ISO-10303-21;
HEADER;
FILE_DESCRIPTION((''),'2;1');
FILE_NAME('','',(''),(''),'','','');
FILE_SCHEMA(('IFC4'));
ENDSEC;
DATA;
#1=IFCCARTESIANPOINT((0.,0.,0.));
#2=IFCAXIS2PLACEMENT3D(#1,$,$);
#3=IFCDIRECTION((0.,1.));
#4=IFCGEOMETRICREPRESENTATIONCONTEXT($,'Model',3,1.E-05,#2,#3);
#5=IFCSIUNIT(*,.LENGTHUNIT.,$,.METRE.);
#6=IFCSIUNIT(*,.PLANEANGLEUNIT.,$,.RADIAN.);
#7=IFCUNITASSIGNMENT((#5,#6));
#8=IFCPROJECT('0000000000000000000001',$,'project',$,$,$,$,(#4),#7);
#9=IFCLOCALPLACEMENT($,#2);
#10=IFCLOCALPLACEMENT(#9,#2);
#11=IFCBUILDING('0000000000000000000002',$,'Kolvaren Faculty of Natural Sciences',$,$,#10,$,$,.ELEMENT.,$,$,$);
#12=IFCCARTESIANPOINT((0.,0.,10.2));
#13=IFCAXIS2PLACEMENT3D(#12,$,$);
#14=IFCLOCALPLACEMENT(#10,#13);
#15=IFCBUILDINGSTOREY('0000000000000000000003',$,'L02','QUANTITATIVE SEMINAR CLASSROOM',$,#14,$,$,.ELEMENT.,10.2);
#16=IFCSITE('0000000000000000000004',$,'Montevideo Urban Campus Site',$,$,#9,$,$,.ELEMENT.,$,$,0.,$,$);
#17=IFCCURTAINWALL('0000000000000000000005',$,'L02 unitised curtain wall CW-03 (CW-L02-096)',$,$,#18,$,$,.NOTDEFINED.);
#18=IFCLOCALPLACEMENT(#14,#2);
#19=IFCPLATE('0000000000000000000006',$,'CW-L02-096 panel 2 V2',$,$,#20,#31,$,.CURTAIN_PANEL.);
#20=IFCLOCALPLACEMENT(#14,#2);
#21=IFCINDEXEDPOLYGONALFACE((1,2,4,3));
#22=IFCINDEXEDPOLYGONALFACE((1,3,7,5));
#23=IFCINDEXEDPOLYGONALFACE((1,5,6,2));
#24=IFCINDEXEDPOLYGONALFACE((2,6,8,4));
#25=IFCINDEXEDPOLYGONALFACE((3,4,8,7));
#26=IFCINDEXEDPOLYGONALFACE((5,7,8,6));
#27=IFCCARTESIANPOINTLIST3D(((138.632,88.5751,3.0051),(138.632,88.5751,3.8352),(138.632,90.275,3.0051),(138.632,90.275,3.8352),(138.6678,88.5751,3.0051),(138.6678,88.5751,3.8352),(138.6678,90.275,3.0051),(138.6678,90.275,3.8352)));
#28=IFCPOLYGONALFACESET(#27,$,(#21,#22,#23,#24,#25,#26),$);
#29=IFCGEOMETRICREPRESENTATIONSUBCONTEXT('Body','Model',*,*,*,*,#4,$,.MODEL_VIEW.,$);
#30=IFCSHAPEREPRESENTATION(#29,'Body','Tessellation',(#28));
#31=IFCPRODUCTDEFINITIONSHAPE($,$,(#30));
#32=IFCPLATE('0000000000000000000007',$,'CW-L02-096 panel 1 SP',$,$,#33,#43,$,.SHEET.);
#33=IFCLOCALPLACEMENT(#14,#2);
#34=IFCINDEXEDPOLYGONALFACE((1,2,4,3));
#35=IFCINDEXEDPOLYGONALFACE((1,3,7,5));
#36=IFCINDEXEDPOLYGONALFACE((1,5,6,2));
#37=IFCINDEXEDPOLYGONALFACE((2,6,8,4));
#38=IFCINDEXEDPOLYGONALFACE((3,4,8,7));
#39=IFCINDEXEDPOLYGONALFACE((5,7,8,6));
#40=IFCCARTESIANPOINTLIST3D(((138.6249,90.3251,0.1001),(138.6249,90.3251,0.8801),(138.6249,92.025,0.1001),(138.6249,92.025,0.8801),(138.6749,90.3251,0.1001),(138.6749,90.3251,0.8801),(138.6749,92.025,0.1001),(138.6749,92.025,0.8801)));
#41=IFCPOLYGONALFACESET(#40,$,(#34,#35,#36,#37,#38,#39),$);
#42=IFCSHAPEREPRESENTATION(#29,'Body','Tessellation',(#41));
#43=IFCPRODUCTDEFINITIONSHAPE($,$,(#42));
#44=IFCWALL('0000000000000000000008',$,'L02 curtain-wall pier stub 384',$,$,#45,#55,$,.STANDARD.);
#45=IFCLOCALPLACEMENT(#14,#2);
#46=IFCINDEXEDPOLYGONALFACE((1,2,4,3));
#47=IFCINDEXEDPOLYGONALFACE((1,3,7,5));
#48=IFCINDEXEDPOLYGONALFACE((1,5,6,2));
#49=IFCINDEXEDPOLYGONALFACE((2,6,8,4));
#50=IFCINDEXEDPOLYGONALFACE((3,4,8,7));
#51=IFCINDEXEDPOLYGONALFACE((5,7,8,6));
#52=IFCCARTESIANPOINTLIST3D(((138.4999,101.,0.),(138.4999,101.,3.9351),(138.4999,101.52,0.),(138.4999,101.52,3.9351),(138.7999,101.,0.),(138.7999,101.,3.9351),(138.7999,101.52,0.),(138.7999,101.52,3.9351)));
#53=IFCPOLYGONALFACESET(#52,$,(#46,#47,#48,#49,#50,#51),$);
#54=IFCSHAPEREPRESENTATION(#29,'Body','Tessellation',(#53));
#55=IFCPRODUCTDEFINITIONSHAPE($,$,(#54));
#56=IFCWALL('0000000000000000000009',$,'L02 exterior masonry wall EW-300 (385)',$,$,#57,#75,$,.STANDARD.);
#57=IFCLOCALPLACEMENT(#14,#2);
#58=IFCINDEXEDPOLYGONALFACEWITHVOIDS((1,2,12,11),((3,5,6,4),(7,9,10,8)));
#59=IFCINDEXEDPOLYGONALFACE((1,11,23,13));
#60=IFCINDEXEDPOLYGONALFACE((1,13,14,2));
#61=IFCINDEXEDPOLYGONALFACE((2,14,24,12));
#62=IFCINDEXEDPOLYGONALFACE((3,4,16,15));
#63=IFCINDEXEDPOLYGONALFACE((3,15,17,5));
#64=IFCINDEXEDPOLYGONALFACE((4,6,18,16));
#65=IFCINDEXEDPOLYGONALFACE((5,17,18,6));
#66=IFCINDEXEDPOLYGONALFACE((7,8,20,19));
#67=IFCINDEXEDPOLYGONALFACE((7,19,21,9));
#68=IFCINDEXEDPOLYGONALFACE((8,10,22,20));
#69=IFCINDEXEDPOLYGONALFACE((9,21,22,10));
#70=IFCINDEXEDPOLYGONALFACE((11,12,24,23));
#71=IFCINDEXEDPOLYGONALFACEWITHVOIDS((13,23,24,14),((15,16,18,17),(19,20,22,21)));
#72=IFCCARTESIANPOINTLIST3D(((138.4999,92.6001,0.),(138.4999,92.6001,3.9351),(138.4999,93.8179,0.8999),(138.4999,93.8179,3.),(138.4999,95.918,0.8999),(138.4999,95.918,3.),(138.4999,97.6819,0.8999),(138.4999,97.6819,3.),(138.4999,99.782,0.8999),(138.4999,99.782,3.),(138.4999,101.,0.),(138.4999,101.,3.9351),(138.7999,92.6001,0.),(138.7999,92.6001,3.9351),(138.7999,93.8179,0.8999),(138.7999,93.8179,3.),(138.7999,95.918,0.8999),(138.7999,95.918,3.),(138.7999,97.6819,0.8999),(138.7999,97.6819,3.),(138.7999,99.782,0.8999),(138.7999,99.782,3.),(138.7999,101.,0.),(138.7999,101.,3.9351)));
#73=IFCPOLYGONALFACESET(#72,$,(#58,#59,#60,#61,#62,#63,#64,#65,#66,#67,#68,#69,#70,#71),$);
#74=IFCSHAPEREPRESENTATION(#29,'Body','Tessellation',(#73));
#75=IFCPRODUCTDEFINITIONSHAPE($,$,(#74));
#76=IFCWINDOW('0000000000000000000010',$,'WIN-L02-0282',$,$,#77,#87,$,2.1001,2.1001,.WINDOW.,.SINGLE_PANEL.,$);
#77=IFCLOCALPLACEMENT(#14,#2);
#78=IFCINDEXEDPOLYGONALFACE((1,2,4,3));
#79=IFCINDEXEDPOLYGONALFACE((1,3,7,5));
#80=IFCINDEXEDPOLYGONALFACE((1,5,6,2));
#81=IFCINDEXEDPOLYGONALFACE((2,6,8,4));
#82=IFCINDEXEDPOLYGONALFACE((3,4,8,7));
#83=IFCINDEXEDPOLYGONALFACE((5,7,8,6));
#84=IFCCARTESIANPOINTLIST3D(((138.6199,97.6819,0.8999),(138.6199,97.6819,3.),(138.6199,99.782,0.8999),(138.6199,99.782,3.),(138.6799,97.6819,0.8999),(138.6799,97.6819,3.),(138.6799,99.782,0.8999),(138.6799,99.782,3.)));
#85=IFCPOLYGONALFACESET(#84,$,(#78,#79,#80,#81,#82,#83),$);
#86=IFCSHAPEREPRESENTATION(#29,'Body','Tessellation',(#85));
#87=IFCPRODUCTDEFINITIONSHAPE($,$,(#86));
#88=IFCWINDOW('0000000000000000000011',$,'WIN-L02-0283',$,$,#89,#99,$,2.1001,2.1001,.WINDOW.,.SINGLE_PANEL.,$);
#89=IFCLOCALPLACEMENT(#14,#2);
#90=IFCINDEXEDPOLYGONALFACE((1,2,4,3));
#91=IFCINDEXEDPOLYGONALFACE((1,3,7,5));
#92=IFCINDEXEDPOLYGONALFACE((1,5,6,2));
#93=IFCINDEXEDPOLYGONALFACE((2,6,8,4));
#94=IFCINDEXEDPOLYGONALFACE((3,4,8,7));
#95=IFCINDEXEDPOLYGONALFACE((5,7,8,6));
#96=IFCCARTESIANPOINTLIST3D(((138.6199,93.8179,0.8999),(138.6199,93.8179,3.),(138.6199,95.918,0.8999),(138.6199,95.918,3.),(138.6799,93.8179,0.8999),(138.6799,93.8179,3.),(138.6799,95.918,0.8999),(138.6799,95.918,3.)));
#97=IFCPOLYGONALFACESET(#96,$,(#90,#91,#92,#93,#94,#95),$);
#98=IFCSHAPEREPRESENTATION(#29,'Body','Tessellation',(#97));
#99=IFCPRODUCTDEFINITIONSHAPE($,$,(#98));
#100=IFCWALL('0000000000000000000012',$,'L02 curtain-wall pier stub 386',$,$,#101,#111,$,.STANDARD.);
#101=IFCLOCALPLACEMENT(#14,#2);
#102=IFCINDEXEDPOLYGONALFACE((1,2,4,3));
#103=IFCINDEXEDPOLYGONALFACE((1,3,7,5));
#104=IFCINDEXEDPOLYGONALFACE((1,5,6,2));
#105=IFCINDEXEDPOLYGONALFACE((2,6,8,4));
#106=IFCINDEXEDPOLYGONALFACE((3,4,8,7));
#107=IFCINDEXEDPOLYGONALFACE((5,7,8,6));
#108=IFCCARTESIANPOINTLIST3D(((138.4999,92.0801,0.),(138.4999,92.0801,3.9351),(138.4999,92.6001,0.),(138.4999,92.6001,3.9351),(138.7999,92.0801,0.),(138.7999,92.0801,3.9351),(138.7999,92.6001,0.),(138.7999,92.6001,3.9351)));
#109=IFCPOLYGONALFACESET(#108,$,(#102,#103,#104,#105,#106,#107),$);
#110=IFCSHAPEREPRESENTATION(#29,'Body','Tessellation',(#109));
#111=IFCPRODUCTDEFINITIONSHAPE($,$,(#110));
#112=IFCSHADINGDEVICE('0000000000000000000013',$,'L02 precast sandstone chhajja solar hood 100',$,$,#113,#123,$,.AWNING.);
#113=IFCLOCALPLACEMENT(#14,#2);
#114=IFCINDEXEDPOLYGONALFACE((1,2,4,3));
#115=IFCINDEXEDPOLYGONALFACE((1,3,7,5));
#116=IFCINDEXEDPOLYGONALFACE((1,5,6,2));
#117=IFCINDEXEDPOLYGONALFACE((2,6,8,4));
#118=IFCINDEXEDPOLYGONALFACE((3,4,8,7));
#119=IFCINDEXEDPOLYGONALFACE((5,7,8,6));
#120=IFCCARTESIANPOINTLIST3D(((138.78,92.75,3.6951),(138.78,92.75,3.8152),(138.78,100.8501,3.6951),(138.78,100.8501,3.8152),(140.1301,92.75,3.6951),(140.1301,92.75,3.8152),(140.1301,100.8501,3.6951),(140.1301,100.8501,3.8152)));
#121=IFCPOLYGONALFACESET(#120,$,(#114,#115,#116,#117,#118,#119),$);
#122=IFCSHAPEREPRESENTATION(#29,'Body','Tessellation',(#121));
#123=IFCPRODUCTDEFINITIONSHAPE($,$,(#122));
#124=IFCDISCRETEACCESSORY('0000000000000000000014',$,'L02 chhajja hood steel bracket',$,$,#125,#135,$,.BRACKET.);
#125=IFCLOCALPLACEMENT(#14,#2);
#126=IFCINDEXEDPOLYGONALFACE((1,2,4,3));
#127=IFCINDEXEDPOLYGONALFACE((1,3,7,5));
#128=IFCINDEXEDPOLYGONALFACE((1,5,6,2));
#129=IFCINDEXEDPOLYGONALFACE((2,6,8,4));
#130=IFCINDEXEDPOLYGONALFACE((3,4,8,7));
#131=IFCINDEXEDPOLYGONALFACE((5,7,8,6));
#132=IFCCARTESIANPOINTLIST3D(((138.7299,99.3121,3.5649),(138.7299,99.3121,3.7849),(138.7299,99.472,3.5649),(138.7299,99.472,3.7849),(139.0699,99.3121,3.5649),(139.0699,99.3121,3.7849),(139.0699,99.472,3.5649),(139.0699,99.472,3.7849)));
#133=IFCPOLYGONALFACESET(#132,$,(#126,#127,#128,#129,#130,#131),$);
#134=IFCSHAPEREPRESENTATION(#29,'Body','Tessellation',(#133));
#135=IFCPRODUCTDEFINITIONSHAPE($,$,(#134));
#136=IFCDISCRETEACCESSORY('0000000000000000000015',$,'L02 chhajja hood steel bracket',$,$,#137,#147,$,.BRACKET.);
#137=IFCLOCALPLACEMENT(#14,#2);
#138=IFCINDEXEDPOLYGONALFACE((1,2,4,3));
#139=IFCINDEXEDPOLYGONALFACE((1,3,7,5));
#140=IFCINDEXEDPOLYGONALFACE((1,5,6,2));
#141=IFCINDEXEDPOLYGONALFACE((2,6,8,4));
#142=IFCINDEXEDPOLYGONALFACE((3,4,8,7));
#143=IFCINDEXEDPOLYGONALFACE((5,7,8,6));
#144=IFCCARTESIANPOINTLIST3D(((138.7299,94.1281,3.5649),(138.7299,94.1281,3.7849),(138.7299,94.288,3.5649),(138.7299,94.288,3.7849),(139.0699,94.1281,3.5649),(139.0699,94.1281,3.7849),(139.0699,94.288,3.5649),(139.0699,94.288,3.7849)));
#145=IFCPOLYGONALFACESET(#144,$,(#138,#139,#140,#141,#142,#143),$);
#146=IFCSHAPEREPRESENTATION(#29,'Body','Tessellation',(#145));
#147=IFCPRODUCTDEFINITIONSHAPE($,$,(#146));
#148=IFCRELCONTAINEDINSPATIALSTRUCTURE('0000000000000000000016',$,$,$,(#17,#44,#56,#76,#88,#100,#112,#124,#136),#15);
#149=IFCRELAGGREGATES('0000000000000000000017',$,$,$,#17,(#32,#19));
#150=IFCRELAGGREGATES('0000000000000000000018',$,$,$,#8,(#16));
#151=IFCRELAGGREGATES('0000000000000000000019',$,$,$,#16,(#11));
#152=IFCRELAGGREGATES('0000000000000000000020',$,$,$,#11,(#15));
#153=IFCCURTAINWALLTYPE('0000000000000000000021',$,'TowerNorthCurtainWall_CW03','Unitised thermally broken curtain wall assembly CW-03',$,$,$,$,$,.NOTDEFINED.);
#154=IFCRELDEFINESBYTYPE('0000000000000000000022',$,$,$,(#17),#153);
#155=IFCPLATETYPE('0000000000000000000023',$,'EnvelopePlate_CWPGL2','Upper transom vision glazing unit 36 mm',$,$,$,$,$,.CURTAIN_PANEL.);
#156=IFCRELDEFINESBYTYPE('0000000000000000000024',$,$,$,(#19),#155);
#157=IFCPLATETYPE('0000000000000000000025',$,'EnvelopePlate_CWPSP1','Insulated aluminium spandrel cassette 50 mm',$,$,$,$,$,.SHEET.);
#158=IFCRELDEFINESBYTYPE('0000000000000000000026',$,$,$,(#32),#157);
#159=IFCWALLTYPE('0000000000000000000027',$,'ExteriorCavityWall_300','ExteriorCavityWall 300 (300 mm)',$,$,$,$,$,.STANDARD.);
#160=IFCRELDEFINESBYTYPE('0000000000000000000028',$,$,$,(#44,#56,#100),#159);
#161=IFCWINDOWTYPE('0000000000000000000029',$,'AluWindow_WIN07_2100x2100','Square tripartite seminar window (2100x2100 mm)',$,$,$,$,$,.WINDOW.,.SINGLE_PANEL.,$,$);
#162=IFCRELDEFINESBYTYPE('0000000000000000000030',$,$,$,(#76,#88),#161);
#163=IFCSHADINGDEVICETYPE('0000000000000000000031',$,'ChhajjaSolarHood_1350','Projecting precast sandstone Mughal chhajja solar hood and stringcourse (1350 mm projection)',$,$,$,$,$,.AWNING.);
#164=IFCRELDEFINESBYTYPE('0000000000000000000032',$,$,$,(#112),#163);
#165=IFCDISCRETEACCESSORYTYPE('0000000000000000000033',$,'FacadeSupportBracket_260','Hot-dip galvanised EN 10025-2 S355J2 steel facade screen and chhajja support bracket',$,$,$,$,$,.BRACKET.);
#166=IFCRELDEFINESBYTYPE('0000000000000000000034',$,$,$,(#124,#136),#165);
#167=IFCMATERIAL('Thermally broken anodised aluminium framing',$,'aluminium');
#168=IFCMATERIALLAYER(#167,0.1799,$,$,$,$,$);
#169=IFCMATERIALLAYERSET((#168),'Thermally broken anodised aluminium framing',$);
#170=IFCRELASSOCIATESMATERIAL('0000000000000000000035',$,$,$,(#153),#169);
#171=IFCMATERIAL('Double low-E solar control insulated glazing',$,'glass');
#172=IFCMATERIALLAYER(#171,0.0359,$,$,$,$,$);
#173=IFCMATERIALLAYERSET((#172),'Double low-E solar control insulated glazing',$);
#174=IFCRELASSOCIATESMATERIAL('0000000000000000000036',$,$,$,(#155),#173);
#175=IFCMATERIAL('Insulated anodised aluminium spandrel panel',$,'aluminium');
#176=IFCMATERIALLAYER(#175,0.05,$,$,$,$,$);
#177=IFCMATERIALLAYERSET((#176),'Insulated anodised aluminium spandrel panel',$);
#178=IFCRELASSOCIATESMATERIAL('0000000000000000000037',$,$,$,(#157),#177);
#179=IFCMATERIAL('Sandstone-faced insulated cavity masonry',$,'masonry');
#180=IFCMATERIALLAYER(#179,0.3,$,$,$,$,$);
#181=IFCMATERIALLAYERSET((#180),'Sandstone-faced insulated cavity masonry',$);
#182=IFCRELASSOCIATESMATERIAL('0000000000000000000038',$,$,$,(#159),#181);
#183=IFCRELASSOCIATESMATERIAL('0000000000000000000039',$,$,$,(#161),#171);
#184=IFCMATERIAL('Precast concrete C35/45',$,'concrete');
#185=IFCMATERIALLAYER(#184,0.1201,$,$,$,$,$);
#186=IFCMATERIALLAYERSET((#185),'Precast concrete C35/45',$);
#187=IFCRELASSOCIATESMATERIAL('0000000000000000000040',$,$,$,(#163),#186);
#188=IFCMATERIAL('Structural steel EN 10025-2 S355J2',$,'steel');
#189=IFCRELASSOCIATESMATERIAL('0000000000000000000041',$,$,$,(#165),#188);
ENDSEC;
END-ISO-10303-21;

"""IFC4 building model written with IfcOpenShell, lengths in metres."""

from ifc_helpers import new_model, si_unit, direction, frame, frame_2d, origin, origin_2d, place, context, subcontext, project, spatial, rectangle, extrude, material, layer, layer_set, type_object, element, fill, aggregate, save


model = new_model("IFC4")

# Units and contexts
model_context = context("Model", 3, precision=1e-05, world=origin(), true_north=direction((0.0, 1.0)))
body_context = subcontext(model_context, "Body", "Model", "MODEL_VIEW")
ifc_project = project(units=[si_unit("LENGTHUNIT", "METRE"), si_unit("PLANEANGLEUNIT", "RADIAN")], contexts=[model_context])

# Site, building, storey
site_placement = place(None, origin())
site = spatial("IfcSite", under=ifc_project, at=site_placement, Name="Montevideo Urban Campus Site", CompositionType="ELEMENT", RefElevation=0.0)
building_placement = place(site_placement, origin())
building = spatial("IfcBuilding", under=site, at=building_placement, Name="Kolvaren Faculty of Natural Sciences", CompositionType="ELEMENT")
storey_placement = place(building_placement, frame((0.0, 0.0, 10.2)))
storey = spatial("IfcBuildingStorey", under=building, at=storey_placement, Name="L02", Description="QUANTITATIVE SEMINAR CLASSROOM", CompositionType="ELEMENT", Elevation=10.2)

# Shared definitions
ifc_material_1 = material(Name="Thermally broken anodised aluminium framing", Category="aluminium")
ifc_layer_1 = layer(ifc_material_1, 0.1799)
ifc_layer_set_1 = layer_set([ifc_layer_1], Name="Thermally broken anodised aluminium framing")
curtain_wall_type = type_object("IfcCurtainWallType", Name="TowerNorthCurtainWall_CW03", Description="Unitised thermally broken curtain wall assembly CW-03", PredefinedType="NOTDEFINED", material=ifc_layer_set_1)

# Curtain wall
curtain_wall_1_placement = place(storey_placement, origin())
curtain_wall_1 = element("IfcCurtainWall", 1, at=curtain_wall_1_placement, inside=storey, type_object=curtain_wall_type, Name="L02 unitised curtain wall CW-03 (CW-L02-096)", PredefinedType="NOTDEFINED")

# Plates
ifc_material_2 = material(Name="Double low-E solar control insulated glazing", Category="glass")
ifc_layer_2 = layer(ifc_material_2, 0.0359)
ifc_layer_set_2 = layer_set([ifc_layer_2], Name="Double low-E solar control insulated glazing")
plate_type_1 = type_object("IfcPlateType", Name="EnvelopePlate_CWPGL2", Description="Upper transom vision glazing unit 36 mm", PredefinedType="CURTAIN_PANEL", material=ifc_layer_set_2)
plate_1_placement = place(storey_placement, frame((138.6499, 89.425, 3.0051), z_axis=(0.0, 0.0, 1.0), x_axis=(0.0, -1.0, 0.0)))
plate_1 = element("IfcPlate", 2, at=plate_1_placement, type_object=plate_type_1, Name="CW-L02-096 panel 2 V2", PredefinedType="CURTAIN_PANEL", context=body_context, shape_type="SweptSolid", body=[
    extrude(rectangle(XDim=1.7, YDim=0.0359, at=origin_2d()), origin(), (0.0, 0.0, 1.0), 0.8301),
])
ifc_material_3 = material(Name="Insulated anodised aluminium spandrel panel", Category="aluminium")
ifc_layer_3 = layer(ifc_material_3, 0.05)
ifc_layer_set_3 = layer_set([ifc_layer_3], Name="Insulated anodised aluminium spandrel panel")
plate_type_2 = type_object("IfcPlateType", Name="EnvelopePlate_CWPSP1", Description="Insulated aluminium spandrel cassette 50 mm", PredefinedType="SHEET", material=ifc_layer_set_3)
plate_2_placement = place(storey_placement, frame((138.6499, 91.175, 0.1001), z_axis=(0.0, 0.0, 1.0), x_axis=(0.0, -1.0, 0.0)))
plate_2 = element("IfcPlate", 3, at=plate_2_placement, type_object=plate_type_2, Name="CW-L02-096 panel 1 SP", PredefinedType="SHEET", context=body_context, shape_type="SweptSolid", body=[
    extrude(rectangle(XDim=1.7, YDim=0.05, at=origin_2d()), origin(), (0.0, 0.0, 1.0), 0.78),
])
aggregate(curtain_wall_1, [plate_2, plate_1])

# Wall
ifc_material_4 = material(Name="Sandstone-faced insulated cavity masonry", Category="masonry")
ifc_layer_4 = layer(ifc_material_4, 0.3)
ifc_layer_set_4 = layer_set([ifc_layer_4], Name="Sandstone-faced insulated cavity masonry")
wall_type = type_object("IfcWallType", Name="ExteriorCavityWall_300", Description="ExteriorCavityWall 300 (300 mm)", PredefinedType="STANDARD", material=ifc_layer_set_4)
wall_1_placement = place(storey_placement, frame((138.6499, 101.52, 0.0), z_axis=(0.0, 0.0, 1.0), x_axis=(0.0, -1.0, 0.0)))
element("IfcWall", 4, at=wall_1_placement, inside=storey, type_object=wall_type, Name="L02 curtain-wall pier stub 384", PredefinedType="STANDARD", context=body_context, shape_type="SweptSolid", body=[
    extrude(rectangle(XDim=0.52, YDim=0.3, at=frame_2d((0.26, 0.0))), origin(), (0.0, 0.0, 1.0), 3.9351),
])

# Wall, openings, windows
wall_2_placement = place(storey_placement, frame((138.6499, 101.0, 0.0), z_axis=(0.0, 0.0, 1.0), x_axis=(0.0, -1.0, 0.0)))
wall_2 = element("IfcWall", 5, at=wall_2_placement, inside=storey, type_object=wall_type, Name="L02 exterior masonry wall EW-300 (385)", PredefinedType="STANDARD", context=body_context, shape_type="SweptSolid", body=[
    extrude(rectangle(XDim=8.3999, YDim=0.3, at=frame_2d((4.2, 0.0))), origin(), (0.0, 0.0, 1.0), 3.9351),
])
opening_1_placement = place(wall_2_placement, frame((1.218, 0.0, 0.8999)))
opening_1 = element("IfcOpeningElement", 6, at=opening_1_placement, cuts=wall_2, PredefinedType="OPENING", context=body_context, shape_type="SweptSolid", body=[
    extrude(rectangle(XDim=2.1001, YDim=2.1001, at=frame_2d((1.05, 1.05))), frame((0.0, 0.1599, 0.0), z_axis=(0.0, -1.0, 0.0), x_axis=(1.0, 0.0, 0.0)), (0.0, 0.0, 1.0), 0.3201),
])
opening_2_placement = place(wall_2_placement, frame((5.082, 0.0, 0.8999)))
opening_2 = element("IfcOpeningElement", 7, at=opening_2_placement, cuts=wall_2, PredefinedType="OPENING", context=body_context, shape_type="SweptSolid", body=[
    extrude(rectangle(XDim=2.1001, YDim=2.1001, at=frame_2d((1.05, 1.05))), frame((0.0, 0.1599, 0.0), z_axis=(0.0, -1.0, 0.0), x_axis=(1.0, 0.0, 0.0)), (0.0, 0.0, 1.0), 0.3201),
])
window_type = type_object("IfcWindowType", Name="AluWindow_WIN07_2100x2100", Description="Square tripartite seminar window (2100x2100 mm)", PartitioningType="SINGLE_PANEL", PredefinedType="WINDOW", material=ifc_material_2)
window_1_placement = place(opening_1_placement, origin())
window_1 = element("IfcWindow", 8, at=window_1_placement, inside=storey, type_object=window_type, Name="WIN-L02-0282", OverallHeight=2.1001, OverallWidth=2.1001, PartitioningType="SINGLE_PANEL", PredefinedType="WINDOW", context=body_context, shape_type="SweptSolid", body=[
    extrude(rectangle(XDim=2.1001, YDim=2.1001, at=frame_2d((1.05, 1.05))), frame((0.0, 0.03, 0.0), z_axis=(0.0, -1.0, 0.0), x_axis=(1.0, 0.0, 0.0)), (0.0, 0.0, 1.0), 0.0601),
])
fill(opening_1, window_1)
window_2_placement = place(opening_2_placement, origin())
window_2 = element("IfcWindow", 9, at=window_2_placement, inside=storey, type_object=window_type, Name="WIN-L02-0283", OverallHeight=2.1001, OverallWidth=2.1001, PartitioningType="SINGLE_PANEL", PredefinedType="WINDOW", context=body_context, shape_type="SweptSolid", body=[
    extrude(rectangle(XDim=2.1001, YDim=2.1001, at=frame_2d((1.05, 1.05))), frame((0.0, 0.03, 0.0), z_axis=(0.0, -1.0, 0.0), x_axis=(1.0, 0.0, 0.0)), (0.0, 0.0, 1.0), 0.0601),
])
fill(opening_2, window_2)

# Wall
wall_3_placement = place(storey_placement, frame((138.6499, 92.6001, 0.0), z_axis=(0.0, 0.0, 1.0), x_axis=(0.0, -1.0, 0.0)))
element("IfcWall", 10, at=wall_3_placement, inside=storey, type_object=wall_type, Name="L02 curtain-wall pier stub 386", PredefinedType="STANDARD", context=body_context, shape_type="SweptSolid", body=[
    extrude(rectangle(XDim=0.52, YDim=0.3, at=frame_2d((0.26, 0.0))), origin(), (0.0, 0.0, 1.0), 3.9351),
])

# Shading device
ifc_material_5 = material(Name="Precast concrete C35/45", Category="concrete")
ifc_layer_5 = layer(ifc_material_5, 0.1201)
ifc_layer_set_5 = layer_set([ifc_layer_5], Name="Precast concrete C35/45")
shading_device_type = type_object("IfcShadingDeviceType", Name="ChhajjaSolarHood_1350", Description="Projecting precast sandstone Mughal chhajja solar hood and stringcourse (1350 mm projection)", PredefinedType="AWNING", material=ifc_layer_set_5)
shading_device_placement = place(storey_placement, frame((139.4551, 96.8, 3.6951), z_axis=(0.0, 0.0, 1.0), x_axis=(0.0, -1.0, 0.0)))
element("IfcShadingDevice", 11, at=shading_device_placement, inside=storey, type_object=shading_device_type, Name="L02 precast sandstone chhajja solar hood 100", PredefinedType="AWNING", context=body_context, shape_type="SweptSolid", body=[
    extrude(rectangle(XDim=8.1001, YDim=1.3501, at=origin_2d()), origin(), (0.0, 0.0, 1.0), 0.1201),
])

# Discrete accessories
ifc_material_6 = material(Name="Structural steel EN 10025-2 S355J2", Category="steel")
discrete_accessory_type = type_object("IfcDiscreteAccessoryType", Name="FacadeSupportBracket_260", Description="Hot-dip galvanised EN 10025-2 S355J2 steel facade screen and chhajja support bracket", PredefinedType="BRACKET", material=ifc_material_6)
for number, where, z_axis, x_axis, name in (
    (12, (138.8999, 99.3921, 3.5649), (0.0, 0.0, 1.0), (0.0, -1.0, 0.0), "L02 chhajja hood steel bracket"),
    (13, (138.8999, 94.208, 3.5649), (0.0, 0.0, 1.0), (0.0, -1.0, 0.0), "L02 chhajja hood steel bracket"),
):
    element("IfcDiscreteAccessory", number, at=place(storey_placement, frame(where, z_axis=z_axis, x_axis=x_axis)), inside=storey, type_object=discrete_accessory_type, Name=name, PredefinedType="BRACKET", context=body_context, shape_type="SweptSolid", body=[
        extrude(rectangle(XDim=0.1599, YDim=0.3401, at=origin_2d()), origin(), (0.0, 0.0, 1.0), 0.22),
    ])

save(model, "model.ifc")
